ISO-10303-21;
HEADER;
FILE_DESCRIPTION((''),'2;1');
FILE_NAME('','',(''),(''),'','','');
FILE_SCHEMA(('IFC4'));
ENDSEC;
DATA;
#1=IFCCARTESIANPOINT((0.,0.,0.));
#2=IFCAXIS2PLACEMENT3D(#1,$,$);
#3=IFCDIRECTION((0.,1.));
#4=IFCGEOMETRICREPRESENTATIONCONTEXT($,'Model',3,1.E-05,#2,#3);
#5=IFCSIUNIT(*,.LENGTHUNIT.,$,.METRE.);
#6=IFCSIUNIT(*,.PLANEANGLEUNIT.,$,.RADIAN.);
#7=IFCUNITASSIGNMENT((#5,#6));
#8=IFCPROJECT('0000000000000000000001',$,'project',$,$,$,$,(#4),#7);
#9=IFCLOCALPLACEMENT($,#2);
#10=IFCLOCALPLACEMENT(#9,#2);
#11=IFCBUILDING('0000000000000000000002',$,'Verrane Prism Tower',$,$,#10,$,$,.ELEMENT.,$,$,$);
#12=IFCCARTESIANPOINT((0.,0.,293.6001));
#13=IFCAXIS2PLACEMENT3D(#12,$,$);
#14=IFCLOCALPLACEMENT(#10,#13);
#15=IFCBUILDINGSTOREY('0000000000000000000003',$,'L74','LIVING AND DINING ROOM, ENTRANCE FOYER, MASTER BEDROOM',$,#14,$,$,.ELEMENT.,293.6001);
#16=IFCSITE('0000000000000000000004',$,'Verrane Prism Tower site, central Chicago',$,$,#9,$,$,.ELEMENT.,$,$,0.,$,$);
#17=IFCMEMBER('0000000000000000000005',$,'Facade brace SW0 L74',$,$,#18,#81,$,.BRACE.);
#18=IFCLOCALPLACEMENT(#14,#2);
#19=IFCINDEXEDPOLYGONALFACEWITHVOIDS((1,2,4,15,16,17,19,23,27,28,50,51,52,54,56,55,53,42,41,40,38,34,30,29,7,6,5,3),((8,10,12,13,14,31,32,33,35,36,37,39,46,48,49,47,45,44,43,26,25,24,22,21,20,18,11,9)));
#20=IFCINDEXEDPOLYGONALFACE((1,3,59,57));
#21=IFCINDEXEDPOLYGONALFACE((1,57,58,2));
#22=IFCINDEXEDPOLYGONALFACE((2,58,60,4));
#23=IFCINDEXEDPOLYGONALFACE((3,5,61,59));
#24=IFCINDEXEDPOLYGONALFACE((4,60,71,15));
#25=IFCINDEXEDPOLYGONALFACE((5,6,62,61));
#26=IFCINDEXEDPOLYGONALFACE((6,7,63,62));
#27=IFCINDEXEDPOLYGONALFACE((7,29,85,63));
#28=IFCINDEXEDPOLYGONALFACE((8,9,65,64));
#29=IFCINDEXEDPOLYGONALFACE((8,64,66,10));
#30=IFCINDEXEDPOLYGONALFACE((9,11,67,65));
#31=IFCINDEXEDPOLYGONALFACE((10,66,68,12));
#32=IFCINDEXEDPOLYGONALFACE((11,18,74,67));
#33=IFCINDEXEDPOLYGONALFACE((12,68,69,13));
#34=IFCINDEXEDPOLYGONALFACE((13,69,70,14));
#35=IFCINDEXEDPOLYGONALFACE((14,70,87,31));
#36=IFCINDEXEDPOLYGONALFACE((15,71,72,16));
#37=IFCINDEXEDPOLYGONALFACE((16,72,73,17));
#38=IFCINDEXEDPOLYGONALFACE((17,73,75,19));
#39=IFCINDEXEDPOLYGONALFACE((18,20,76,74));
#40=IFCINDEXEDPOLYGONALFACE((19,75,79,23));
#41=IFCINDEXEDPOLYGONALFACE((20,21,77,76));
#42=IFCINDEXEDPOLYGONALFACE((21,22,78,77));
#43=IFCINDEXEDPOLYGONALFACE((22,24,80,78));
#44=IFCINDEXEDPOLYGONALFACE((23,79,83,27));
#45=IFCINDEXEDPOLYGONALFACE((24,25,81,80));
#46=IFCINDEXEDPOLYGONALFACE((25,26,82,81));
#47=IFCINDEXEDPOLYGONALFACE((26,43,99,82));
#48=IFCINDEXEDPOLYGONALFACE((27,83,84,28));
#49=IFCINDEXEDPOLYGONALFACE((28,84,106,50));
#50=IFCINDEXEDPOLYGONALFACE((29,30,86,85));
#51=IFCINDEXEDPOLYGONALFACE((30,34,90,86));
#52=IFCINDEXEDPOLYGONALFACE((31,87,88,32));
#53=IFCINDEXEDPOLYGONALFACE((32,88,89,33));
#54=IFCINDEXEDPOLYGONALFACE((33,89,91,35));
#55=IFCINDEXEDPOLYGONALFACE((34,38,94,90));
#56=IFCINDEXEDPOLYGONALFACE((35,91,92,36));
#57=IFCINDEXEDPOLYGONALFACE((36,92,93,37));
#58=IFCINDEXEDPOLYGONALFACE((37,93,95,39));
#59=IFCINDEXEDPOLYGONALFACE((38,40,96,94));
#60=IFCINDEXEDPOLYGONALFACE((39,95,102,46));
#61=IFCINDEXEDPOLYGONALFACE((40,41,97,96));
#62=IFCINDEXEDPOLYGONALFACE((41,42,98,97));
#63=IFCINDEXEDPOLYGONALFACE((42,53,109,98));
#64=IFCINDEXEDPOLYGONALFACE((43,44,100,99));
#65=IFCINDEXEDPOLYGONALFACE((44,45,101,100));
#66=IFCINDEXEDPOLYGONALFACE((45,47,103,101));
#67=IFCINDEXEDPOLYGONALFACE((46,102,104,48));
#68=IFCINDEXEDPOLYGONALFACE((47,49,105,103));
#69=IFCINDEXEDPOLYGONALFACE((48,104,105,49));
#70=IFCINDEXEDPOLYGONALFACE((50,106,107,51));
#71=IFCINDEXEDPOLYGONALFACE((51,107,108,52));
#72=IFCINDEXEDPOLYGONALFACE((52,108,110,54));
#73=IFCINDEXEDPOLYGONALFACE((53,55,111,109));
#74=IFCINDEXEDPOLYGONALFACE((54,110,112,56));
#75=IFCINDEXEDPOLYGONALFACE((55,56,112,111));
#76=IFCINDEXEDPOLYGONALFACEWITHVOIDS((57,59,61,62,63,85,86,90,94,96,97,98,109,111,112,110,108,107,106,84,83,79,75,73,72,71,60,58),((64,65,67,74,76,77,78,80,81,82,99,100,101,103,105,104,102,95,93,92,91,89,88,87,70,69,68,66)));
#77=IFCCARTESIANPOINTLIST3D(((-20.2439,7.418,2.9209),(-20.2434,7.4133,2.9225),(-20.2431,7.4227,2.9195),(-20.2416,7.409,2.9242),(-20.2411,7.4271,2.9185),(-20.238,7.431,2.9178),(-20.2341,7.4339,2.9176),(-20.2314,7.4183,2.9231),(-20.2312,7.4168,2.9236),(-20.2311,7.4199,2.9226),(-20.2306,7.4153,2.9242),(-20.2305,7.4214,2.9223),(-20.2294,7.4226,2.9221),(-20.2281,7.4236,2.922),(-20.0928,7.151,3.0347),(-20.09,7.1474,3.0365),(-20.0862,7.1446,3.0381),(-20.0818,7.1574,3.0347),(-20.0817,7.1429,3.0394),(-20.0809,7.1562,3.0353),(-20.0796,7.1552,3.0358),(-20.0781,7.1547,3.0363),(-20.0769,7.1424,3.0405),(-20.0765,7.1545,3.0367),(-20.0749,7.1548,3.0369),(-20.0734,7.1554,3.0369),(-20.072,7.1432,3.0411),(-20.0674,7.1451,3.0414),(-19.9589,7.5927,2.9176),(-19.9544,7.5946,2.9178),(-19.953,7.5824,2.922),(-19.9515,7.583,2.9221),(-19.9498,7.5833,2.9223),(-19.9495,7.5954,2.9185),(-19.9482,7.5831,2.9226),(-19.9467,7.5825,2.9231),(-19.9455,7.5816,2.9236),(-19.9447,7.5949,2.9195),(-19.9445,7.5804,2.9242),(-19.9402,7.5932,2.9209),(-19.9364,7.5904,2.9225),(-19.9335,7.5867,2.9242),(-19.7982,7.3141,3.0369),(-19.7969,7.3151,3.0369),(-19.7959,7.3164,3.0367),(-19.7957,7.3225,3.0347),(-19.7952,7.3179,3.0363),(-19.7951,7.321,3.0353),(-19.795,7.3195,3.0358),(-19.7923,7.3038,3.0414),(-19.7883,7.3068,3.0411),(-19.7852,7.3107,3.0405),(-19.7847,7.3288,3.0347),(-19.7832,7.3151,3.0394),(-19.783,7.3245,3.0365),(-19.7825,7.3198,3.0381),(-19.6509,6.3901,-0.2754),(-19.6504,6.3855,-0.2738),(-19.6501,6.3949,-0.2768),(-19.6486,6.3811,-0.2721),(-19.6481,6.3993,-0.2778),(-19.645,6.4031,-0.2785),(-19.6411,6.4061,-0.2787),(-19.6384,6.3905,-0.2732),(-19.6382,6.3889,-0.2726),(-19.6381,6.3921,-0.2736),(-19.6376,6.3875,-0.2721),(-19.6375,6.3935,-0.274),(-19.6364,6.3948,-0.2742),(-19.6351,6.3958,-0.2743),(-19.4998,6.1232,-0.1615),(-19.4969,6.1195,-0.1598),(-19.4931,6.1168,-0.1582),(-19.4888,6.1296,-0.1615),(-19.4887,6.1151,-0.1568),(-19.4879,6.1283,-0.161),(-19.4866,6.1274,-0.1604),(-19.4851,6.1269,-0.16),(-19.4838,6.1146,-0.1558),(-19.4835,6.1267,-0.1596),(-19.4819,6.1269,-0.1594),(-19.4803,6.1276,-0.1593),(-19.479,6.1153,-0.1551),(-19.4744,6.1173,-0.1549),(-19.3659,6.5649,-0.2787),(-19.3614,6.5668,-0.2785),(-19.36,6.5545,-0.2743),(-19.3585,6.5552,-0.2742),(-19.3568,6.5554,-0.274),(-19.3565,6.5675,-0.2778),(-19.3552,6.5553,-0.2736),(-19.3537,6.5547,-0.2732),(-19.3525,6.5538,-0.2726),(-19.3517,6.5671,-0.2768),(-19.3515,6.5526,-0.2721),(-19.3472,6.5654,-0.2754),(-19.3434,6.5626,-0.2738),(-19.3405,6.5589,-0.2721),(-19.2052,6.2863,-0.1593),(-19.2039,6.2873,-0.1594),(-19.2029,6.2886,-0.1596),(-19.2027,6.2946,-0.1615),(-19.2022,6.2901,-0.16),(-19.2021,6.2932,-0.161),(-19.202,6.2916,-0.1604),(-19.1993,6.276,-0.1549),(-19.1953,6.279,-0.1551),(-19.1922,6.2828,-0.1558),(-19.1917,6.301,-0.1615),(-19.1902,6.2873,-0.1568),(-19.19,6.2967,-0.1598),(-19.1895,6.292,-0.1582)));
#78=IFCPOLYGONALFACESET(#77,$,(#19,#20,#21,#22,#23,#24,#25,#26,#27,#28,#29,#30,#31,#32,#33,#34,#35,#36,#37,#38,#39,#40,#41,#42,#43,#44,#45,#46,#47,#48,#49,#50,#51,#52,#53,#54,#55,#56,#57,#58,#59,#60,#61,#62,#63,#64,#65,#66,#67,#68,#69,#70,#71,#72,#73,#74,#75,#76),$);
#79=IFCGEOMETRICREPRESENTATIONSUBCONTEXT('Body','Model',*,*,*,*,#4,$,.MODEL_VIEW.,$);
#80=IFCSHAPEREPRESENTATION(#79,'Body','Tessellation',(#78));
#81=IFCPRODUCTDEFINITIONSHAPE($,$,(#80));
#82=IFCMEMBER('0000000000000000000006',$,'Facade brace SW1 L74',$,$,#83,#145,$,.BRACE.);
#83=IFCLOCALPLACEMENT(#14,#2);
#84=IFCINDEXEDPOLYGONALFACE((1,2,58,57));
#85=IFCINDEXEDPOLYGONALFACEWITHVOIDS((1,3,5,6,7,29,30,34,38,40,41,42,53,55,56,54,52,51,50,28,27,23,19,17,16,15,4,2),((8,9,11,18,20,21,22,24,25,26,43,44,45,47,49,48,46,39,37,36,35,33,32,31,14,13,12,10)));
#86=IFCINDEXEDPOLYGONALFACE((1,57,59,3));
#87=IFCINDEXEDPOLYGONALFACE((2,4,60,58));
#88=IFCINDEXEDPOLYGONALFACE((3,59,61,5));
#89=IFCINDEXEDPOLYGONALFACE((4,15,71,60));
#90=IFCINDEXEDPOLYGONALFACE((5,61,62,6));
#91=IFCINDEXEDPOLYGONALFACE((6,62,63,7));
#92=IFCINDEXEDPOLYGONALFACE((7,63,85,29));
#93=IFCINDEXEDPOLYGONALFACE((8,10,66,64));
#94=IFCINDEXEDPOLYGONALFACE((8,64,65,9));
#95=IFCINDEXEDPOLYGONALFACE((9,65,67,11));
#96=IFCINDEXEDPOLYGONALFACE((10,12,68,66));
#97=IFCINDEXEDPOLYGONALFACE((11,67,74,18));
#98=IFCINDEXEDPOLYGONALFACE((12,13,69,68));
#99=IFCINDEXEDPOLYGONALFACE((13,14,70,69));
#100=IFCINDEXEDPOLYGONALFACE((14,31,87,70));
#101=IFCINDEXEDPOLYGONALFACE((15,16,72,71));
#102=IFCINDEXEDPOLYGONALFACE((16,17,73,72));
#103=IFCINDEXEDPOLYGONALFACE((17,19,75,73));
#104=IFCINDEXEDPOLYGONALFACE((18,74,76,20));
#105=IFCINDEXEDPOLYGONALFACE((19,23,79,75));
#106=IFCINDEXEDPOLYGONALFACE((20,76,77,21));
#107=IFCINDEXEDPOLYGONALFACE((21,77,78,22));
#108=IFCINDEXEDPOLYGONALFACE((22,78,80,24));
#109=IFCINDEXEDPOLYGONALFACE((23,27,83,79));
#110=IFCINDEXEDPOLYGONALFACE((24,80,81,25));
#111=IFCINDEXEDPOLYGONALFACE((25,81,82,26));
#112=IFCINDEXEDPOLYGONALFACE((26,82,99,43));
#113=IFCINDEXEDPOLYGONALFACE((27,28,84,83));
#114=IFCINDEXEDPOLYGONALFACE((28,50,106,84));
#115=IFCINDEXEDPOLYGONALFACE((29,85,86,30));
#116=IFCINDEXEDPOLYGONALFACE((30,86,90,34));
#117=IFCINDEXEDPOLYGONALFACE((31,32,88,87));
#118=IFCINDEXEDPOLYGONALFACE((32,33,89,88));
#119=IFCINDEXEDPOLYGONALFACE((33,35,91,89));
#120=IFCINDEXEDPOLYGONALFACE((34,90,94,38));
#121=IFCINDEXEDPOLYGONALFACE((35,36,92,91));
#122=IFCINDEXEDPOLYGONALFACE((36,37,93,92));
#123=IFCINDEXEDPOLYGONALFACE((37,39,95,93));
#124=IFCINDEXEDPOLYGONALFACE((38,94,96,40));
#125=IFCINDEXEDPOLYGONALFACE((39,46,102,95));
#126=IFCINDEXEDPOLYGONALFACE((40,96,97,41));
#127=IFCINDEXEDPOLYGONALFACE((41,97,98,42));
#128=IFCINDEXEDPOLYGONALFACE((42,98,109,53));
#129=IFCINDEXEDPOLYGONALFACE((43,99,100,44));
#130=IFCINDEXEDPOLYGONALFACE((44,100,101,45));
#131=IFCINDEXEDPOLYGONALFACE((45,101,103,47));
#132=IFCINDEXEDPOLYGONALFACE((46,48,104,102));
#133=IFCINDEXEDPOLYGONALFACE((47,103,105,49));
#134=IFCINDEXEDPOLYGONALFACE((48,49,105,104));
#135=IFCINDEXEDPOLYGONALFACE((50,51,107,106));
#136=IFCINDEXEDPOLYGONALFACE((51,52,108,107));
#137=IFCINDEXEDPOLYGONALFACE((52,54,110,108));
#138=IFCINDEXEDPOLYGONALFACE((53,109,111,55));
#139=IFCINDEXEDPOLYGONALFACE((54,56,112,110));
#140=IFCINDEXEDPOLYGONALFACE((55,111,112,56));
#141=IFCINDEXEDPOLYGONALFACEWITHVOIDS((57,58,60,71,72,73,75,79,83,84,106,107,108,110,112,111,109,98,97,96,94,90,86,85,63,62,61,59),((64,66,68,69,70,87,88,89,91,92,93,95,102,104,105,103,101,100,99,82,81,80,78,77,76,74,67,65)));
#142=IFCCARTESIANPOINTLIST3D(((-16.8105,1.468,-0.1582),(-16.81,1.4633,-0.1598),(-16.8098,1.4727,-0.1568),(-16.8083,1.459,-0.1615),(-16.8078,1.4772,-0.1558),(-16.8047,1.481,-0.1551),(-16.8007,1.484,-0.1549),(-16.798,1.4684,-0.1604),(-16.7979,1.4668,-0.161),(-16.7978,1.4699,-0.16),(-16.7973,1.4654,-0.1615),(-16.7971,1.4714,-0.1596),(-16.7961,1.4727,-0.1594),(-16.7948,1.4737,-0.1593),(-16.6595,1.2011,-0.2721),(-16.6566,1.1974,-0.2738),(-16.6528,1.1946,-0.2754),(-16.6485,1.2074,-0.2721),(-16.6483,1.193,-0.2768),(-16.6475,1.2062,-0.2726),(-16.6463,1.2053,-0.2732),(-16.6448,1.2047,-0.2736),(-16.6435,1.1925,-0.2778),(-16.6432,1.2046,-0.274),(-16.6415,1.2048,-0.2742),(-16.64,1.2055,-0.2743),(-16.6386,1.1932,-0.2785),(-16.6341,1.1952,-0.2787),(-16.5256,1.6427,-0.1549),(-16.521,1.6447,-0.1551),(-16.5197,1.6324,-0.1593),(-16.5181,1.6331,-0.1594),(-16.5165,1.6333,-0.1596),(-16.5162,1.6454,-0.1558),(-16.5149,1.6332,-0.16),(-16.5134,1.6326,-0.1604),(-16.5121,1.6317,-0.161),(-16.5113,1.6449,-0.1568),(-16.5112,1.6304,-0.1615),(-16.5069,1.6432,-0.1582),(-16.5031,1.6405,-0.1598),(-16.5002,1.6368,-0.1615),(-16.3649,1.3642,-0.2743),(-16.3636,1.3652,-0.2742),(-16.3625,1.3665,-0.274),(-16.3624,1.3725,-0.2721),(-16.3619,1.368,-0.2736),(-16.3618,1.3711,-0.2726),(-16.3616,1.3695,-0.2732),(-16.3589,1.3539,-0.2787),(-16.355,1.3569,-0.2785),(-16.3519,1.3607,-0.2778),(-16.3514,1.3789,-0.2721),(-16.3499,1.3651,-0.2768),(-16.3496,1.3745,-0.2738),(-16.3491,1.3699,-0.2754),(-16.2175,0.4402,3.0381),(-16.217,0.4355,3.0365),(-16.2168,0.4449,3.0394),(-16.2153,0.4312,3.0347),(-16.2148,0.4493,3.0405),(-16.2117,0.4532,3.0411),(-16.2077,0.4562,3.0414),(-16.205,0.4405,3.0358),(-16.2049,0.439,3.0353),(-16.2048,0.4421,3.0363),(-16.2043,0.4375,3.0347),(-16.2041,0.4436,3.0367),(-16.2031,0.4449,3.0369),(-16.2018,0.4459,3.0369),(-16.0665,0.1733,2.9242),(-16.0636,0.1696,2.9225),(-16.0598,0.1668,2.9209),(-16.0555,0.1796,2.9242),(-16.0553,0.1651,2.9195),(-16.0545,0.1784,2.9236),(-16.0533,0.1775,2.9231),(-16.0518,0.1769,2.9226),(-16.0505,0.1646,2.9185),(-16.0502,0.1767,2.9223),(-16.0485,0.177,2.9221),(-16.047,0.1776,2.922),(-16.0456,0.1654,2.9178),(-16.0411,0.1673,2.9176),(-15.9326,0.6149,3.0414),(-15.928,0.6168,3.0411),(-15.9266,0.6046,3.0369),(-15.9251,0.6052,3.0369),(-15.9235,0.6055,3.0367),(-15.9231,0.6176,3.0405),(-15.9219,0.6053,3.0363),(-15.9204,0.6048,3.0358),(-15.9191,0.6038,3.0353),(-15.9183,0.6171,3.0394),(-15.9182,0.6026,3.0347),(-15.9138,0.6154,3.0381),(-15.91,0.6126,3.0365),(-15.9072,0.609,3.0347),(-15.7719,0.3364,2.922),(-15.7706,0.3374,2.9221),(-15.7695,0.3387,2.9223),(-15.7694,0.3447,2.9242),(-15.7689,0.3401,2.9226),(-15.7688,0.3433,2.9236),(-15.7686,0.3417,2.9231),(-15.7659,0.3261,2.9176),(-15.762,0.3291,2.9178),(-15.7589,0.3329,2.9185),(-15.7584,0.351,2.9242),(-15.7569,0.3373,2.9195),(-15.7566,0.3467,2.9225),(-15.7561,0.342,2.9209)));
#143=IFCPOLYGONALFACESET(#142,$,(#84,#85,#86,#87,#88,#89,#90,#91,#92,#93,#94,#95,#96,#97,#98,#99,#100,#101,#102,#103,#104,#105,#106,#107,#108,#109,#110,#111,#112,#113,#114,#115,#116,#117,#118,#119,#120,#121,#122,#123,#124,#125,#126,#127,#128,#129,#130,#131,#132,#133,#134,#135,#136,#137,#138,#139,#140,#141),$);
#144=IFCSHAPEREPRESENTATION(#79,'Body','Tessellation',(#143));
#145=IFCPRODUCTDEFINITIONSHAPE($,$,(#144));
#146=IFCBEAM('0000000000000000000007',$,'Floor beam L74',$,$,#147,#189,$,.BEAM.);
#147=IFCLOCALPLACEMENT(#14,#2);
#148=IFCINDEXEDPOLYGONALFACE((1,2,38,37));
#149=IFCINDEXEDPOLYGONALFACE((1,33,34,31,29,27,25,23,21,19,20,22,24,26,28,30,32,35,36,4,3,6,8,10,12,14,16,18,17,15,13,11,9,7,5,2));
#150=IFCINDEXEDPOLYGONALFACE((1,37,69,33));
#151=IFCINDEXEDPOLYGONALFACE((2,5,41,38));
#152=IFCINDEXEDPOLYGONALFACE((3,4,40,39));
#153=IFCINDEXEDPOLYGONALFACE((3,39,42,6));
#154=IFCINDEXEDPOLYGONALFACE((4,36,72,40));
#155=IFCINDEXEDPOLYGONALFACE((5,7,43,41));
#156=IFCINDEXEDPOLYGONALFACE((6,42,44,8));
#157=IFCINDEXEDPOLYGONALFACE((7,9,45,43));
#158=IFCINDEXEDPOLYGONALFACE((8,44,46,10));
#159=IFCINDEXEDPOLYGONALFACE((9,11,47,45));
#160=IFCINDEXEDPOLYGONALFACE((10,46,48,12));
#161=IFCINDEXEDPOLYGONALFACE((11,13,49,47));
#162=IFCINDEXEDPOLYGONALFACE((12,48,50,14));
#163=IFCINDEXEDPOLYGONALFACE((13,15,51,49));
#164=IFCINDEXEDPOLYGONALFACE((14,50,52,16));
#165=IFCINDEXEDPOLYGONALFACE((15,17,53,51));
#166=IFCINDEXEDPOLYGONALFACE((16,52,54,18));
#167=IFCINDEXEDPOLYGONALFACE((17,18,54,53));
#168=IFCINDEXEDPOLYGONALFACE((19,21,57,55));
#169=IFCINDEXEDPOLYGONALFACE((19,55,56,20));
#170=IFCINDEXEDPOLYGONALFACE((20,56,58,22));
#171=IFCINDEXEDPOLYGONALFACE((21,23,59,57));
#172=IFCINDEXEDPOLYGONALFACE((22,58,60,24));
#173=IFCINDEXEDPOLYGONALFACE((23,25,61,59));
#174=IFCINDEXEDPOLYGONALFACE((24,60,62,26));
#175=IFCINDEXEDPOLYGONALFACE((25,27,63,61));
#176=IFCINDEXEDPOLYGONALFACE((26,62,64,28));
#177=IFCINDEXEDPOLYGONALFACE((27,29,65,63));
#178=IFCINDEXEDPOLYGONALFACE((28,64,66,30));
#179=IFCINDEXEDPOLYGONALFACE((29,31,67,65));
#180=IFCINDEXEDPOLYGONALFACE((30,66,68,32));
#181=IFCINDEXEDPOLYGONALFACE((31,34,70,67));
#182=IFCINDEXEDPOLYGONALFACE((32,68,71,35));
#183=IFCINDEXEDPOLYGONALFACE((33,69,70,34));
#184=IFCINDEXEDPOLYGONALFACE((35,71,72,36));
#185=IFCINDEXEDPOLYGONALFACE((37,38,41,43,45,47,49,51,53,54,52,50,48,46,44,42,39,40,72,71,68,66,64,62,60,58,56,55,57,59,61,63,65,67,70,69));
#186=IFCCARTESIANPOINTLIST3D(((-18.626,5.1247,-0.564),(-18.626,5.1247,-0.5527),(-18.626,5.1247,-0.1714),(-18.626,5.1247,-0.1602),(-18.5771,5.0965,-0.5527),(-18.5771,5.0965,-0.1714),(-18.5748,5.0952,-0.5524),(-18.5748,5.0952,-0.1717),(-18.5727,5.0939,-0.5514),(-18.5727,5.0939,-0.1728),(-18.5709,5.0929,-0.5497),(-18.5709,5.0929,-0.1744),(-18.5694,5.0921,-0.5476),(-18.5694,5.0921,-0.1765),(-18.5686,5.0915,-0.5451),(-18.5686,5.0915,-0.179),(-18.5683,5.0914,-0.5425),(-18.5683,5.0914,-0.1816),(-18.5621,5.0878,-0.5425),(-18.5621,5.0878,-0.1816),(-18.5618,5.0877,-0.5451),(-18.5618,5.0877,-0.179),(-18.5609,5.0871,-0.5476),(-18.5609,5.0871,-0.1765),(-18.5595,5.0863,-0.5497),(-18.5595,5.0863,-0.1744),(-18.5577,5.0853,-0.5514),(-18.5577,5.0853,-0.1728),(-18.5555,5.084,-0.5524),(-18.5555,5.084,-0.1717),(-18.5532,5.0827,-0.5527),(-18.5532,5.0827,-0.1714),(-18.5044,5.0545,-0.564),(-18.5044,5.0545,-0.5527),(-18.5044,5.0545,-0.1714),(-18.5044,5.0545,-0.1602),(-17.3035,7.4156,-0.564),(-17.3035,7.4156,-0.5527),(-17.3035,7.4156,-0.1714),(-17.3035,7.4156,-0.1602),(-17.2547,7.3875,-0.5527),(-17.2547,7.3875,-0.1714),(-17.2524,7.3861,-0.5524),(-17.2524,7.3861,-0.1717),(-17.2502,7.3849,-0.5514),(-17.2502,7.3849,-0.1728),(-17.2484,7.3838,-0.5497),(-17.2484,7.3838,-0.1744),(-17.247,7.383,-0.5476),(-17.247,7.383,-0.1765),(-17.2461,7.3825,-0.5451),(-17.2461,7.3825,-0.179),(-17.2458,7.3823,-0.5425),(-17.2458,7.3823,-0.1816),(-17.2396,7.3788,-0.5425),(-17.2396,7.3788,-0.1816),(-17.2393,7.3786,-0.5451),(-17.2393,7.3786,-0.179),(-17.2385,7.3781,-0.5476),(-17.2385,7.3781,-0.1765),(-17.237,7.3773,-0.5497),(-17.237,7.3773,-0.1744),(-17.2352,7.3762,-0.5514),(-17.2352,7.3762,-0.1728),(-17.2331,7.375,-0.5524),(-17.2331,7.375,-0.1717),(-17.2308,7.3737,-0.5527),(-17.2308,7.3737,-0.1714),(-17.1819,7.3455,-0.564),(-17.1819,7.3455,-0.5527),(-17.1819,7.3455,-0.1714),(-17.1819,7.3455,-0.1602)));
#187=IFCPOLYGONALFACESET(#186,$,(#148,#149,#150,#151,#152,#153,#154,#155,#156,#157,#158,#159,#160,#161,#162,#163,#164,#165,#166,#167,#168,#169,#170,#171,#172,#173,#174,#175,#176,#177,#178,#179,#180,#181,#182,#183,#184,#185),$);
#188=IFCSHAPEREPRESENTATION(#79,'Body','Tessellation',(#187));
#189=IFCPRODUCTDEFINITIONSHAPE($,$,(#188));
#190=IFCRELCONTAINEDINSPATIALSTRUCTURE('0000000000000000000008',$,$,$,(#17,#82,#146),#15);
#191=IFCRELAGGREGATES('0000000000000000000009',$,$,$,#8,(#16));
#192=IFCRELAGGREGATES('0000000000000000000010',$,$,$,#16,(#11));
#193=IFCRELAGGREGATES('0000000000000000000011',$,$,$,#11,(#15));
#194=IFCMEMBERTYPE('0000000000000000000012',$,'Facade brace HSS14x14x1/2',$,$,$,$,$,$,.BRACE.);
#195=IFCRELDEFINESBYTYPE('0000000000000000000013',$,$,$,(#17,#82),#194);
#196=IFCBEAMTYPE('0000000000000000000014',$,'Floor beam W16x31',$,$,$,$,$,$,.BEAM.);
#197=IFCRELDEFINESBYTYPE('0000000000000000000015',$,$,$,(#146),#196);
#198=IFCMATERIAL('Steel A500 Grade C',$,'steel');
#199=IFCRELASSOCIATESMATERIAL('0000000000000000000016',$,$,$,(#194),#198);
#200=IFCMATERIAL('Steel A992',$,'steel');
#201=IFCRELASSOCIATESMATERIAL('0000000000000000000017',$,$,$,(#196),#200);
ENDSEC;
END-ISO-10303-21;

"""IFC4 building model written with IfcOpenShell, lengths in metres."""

from ifc_helpers import new_model, si_unit, direction, frame, origin, origin_2d, place, context, subcontext, project, spatial, hollow_rectangle, i_section, extrude, material, material_profile, profile_set, type_object, element, save


model = new_model("IFC4")

# Units and contexts
model_context = context("Model", 3, precision=1e-05, world=origin(), true_north=direction((0.0, 1.0)))
body_context = subcontext(model_context, "Body", "Model", "MODEL_VIEW")
ifc_project = project(units=[si_unit("LENGTHUNIT", "METRE"), si_unit("PLANEANGLEUNIT", "RADIAN")], contexts=[model_context])

# Site, building, storey
site_placement = place(None, origin())
site = spatial("IfcSite", under=ifc_project, at=site_placement, Name="Verrane Prism Tower site, central Chicago", CompositionType="ELEMENT", RefElevation=0.0)
building_placement = place(site_placement, origin())
building = spatial("IfcBuilding", under=site, at=building_placement, Name="Verrane Prism Tower", CompositionType="ELEMENT")
storey_placement = place(building_placement, frame((0.0, 0.0, 293.6001)))
storey = spatial("IfcBuildingStorey", under=building, at=storey_placement, Name="L74", Description="LIVING AND DINING ROOM, ENTRANCE FOYER, MASTER BEDROOM", CompositionType="ELEMENT", Elevation=293.6001)

# Members
ifc_material_1 = material(Name="Steel A500 Grade C", Category="steel")
ifc_material_profile_1 = material_profile(ifc_material_1, hollow_rectangle(XDim=0.3557, YDim=0.3557, WallThickness=0.0127, InnerFilletRadius=0.0063, OuterFilletRadius=0.019, at=origin_2d()), Name="HSS14x14x1/2")
ifc_profile_set_1 = profile_set([ifc_material_profile_1], Name="Steel A500 Grade C")
member_type_1 = type_object("IfcMemberType", Name="Facade brace HSS14x14x1/2", PredefinedType="BRACE", material=ifc_profile_set_1)
for number, where, z_axis, x_axis, name in (
    (1, (-19.4202, 6.3411, -0.2168), (-0.173933, 0.301465, 0.937478), (-0.866172, -0.499746, 0.0), "Facade brace SW0 L74"),
    (2, (-16.5798, 1.4189, -0.2168), (0.173933, -0.301465, 0.937478), (0.866172, 0.499746, 0.0), "Facade brace SW1 L74"),
):
    element("IfcMember", number, at=place(storey_placement, frame(where, z_axis=z_axis, x_axis=x_axis)), inside=storey, type_object=member_type_1, Name=name, PredefinedType="BRACE", context=body_context, shape_type="SweptSolid", body=[
        extrude(hollow_rectangle(XDim=0.3557, YDim=0.3557, WallThickness=0.0127, InnerFilletRadius=0.0063, OuterFilletRadius=0.019, at=origin_2d()), origin(), (0.0, 0.0, 1.0), 3.4094),
    ])

# Beam
ifc_material_2 = material(Name="Steel A992", Category="steel")
ifc_material_profile_2 = material_profile(ifc_material_2, i_section(OverallWidth=0.1404, OverallDepth=0.4038, WebThickness=0.0071, FlangeThickness=0.0112, FilletRadius=0.0103, at=origin_2d()), Name="W16x31")
ifc_profile_set_2 = profile_set([ifc_material_profile_2], Name="Steel A992")
beam_type_1 = type_object("IfcBeamType", Name="Floor beam W16x31", PredefinedType="BEAM", material=ifc_profile_set_2)
beam_1_placement = place(storey_placement, frame((-18.5652, 5.0896, -0.3621), z_axis=(0.499941, 0.86606, 0.0), x_axis=(-0.86606, 0.499941, 0.0)))
element("IfcBeam", 3, at=beam_1_placement, inside=storey, type_object=beam_type_1, Name="Floor beam L74", PredefinedType="BEAM", context=body_context, shape_type="SweptSolid", body=[
    extrude(i_section(OverallWidth=0.1404, OverallDepth=0.4038, WebThickness=0.0071, FlangeThickness=0.0112, FilletRadius=0.0103, at=origin_2d()), origin(), (0.0, 0.0, 1.0), 2.6453),
])

save(model, "model.ifc")
